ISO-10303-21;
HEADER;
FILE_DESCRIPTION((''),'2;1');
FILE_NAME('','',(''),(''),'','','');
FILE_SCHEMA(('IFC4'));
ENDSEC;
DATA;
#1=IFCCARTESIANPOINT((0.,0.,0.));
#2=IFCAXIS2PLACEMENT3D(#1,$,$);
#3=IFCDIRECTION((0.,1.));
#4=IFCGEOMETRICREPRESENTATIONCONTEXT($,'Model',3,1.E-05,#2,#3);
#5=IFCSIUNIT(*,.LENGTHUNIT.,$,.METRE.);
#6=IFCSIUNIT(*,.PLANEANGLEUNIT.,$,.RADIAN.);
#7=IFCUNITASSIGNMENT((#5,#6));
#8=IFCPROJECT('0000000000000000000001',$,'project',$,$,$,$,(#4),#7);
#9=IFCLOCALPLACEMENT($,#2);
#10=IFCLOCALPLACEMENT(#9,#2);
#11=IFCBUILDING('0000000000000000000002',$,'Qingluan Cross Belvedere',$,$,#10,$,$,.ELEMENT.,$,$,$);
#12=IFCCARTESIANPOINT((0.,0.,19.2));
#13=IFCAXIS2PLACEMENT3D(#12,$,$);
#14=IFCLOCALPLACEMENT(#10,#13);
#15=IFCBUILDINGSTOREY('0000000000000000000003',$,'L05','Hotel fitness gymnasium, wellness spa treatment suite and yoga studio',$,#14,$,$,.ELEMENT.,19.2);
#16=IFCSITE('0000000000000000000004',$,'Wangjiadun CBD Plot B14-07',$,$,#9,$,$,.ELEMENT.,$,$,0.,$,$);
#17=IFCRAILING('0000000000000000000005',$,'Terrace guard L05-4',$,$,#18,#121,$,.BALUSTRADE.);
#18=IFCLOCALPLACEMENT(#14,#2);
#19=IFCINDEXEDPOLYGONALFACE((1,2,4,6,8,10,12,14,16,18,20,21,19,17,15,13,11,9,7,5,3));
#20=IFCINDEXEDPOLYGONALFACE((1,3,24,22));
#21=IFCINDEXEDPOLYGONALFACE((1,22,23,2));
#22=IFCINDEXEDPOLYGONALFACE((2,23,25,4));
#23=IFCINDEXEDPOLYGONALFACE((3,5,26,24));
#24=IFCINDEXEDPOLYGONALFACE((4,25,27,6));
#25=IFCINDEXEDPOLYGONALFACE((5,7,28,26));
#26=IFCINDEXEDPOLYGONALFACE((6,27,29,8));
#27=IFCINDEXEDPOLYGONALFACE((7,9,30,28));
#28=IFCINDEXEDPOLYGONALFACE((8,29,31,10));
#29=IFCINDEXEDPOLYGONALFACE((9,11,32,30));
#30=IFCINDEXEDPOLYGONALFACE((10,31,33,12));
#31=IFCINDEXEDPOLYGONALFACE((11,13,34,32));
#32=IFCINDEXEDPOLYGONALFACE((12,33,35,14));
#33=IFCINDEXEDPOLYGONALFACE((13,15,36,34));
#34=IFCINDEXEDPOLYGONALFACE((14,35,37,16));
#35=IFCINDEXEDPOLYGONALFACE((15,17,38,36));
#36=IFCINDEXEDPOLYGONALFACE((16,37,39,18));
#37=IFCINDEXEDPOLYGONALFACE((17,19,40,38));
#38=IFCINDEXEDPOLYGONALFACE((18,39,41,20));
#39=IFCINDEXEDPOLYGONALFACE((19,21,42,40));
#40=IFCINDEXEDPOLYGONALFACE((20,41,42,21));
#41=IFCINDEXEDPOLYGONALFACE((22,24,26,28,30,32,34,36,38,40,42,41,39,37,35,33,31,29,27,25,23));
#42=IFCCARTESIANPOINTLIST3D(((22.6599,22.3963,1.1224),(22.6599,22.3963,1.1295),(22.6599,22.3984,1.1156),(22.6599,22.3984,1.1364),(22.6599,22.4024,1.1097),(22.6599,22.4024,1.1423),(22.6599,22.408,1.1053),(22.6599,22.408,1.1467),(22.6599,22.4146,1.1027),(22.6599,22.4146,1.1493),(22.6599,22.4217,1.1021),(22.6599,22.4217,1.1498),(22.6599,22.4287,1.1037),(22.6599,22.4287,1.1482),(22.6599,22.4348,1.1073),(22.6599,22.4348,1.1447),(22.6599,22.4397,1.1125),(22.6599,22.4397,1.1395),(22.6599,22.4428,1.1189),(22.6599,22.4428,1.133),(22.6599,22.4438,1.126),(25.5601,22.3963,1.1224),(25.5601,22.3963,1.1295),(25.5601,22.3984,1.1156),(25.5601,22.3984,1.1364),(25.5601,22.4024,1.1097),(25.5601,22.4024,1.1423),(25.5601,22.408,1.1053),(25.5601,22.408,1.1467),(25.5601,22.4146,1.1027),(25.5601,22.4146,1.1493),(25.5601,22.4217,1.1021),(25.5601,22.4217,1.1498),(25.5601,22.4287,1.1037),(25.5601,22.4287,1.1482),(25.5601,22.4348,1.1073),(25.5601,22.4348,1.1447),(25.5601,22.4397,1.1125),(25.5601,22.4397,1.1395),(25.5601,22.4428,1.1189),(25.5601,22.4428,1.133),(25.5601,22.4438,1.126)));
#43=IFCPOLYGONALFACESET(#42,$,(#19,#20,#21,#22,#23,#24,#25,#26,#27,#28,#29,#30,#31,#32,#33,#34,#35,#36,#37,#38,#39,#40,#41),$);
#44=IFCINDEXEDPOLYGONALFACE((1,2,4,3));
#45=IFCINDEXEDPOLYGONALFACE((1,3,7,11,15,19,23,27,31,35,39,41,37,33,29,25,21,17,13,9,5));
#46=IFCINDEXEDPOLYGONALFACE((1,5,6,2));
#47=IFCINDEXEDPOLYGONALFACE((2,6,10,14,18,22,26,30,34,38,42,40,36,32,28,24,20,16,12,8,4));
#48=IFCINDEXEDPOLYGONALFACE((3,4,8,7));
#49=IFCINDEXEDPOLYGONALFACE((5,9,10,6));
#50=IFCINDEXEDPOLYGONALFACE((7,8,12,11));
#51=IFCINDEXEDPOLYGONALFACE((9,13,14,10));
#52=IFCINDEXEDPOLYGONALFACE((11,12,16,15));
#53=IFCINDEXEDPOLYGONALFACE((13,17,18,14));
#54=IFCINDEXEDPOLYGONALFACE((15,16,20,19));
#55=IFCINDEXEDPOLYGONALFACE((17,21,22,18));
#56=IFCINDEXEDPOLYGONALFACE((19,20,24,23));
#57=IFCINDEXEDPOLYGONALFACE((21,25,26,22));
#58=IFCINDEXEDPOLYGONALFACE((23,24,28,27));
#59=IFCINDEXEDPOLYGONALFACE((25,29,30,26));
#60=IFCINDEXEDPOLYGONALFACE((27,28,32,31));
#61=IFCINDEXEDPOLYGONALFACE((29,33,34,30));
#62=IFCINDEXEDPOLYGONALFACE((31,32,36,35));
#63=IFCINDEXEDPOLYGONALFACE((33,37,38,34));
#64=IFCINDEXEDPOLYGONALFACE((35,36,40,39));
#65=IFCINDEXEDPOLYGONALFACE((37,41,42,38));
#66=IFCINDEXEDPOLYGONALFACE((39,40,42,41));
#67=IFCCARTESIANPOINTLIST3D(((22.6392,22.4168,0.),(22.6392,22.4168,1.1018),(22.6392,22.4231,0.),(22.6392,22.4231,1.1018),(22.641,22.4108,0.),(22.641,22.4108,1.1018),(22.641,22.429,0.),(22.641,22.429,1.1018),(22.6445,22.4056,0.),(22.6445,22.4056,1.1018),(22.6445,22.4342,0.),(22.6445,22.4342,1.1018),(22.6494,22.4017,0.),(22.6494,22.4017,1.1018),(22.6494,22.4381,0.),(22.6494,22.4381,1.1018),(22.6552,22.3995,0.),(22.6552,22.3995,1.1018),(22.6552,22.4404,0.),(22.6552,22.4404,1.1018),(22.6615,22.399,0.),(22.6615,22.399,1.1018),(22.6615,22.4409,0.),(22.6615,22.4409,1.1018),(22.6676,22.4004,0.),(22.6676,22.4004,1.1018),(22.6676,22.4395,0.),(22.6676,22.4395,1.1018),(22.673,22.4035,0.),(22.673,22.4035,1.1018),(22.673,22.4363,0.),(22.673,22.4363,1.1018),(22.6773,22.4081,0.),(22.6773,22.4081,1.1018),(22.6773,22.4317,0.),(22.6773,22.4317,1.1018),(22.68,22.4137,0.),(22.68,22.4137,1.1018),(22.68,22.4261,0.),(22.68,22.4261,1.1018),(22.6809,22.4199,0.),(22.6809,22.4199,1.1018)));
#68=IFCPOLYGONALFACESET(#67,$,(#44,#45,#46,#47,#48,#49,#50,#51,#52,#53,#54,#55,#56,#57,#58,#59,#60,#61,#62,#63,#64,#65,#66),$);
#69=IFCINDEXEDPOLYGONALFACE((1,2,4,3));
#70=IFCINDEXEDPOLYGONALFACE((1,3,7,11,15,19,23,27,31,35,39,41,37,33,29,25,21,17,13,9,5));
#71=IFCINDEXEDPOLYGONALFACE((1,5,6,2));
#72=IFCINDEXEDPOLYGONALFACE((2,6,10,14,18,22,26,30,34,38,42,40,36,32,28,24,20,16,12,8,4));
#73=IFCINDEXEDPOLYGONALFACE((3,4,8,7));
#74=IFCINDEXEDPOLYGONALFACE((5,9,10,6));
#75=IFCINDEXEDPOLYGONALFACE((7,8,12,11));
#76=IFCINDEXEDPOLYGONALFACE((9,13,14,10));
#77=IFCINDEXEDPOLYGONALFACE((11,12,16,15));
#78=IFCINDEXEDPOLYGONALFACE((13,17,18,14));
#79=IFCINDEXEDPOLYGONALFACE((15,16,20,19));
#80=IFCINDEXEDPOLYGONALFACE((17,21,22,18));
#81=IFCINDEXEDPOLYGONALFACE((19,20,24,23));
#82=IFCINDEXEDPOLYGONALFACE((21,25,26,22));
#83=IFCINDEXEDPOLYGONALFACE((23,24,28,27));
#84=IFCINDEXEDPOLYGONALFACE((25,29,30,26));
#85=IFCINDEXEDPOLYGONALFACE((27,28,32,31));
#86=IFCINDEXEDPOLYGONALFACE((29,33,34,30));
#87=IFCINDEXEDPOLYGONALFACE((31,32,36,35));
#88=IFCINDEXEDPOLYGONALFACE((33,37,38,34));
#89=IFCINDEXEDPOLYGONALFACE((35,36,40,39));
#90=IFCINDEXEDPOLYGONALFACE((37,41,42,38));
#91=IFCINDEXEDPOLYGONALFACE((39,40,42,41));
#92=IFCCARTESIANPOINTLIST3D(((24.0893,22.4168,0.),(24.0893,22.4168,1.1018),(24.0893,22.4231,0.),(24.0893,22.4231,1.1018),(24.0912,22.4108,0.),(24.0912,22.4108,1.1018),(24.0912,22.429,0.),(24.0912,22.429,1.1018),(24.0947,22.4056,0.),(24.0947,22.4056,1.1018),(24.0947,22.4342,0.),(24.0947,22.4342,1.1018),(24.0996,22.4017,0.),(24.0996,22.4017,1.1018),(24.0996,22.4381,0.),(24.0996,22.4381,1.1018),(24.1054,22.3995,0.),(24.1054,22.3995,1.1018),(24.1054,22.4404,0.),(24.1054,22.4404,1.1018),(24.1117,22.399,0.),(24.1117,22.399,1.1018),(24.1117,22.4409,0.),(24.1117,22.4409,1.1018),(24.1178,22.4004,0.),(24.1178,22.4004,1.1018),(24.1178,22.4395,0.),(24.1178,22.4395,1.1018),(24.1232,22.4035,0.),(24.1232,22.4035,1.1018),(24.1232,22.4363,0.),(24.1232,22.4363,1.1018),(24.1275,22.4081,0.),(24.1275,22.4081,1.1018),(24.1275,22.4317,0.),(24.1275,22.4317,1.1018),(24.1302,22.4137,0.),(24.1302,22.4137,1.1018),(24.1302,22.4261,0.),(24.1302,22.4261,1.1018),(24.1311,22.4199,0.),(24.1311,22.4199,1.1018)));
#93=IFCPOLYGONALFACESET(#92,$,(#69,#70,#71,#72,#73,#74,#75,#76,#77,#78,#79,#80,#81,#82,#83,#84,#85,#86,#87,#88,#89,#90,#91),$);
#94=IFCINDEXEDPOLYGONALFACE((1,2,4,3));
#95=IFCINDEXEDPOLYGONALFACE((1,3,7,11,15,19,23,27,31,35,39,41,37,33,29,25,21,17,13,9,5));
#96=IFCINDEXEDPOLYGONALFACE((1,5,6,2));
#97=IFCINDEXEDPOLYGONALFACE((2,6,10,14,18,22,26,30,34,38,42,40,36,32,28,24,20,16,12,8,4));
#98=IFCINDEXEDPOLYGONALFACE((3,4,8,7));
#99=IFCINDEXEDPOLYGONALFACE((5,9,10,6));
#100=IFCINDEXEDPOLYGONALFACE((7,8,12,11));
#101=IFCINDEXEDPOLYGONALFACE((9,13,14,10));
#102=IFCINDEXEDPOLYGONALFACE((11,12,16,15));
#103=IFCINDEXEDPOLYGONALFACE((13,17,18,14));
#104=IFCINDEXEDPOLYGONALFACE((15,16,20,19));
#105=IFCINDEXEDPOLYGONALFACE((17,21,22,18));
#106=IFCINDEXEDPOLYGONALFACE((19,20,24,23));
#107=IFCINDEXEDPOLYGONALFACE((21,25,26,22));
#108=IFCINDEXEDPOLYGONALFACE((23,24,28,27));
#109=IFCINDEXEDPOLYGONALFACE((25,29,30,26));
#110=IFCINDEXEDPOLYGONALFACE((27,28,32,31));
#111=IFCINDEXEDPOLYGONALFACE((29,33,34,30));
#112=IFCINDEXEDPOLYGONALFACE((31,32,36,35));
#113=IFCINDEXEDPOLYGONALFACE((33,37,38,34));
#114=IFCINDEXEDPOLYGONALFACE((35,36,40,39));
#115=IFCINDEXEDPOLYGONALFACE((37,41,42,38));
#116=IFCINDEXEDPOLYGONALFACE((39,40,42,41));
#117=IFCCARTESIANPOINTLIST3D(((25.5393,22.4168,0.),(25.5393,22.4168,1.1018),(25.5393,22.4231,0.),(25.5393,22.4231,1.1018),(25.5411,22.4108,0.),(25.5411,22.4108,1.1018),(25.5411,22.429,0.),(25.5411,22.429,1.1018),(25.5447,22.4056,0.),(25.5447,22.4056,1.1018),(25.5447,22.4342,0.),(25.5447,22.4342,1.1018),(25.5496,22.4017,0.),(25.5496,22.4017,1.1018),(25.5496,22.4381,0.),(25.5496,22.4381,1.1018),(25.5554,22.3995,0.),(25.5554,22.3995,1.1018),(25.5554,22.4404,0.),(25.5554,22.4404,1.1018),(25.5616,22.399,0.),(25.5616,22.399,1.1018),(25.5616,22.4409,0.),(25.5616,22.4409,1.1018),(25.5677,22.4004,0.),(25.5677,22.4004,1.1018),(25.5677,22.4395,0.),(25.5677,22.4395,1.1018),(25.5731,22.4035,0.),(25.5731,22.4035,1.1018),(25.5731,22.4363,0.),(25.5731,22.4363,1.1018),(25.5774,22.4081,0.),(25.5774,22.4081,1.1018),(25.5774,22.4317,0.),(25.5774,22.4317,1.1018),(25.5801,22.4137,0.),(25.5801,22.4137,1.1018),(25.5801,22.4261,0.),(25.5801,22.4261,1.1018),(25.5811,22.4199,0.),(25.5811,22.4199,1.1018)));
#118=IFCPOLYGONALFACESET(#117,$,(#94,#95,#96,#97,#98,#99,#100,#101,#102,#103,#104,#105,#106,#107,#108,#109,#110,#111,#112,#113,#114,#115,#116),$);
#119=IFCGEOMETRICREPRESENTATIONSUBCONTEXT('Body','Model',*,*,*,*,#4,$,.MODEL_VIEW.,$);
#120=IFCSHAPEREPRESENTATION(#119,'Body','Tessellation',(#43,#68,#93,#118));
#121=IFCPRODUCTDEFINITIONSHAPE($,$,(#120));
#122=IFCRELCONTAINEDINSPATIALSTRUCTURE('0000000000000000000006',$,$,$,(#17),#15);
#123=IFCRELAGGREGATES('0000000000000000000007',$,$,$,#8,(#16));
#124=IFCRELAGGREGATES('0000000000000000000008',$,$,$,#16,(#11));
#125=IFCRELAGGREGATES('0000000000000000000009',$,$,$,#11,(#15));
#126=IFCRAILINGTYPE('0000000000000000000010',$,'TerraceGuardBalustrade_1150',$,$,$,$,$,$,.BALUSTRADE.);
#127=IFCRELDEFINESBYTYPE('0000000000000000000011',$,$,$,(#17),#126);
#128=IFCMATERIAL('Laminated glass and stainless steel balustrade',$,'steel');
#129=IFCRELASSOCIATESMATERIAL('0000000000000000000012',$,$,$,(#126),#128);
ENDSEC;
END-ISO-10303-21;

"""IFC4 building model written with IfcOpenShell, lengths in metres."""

from ifc_helpers import new_model, si_unit, direction, frame, origin, origin_2d, place, context, subcontext, project, spatial, circle, extrude, material, type_object, element, save


model = new_model("IFC4")

# Units and contexts
model_context = context("Model", 3, precision=1e-05, world=origin(), true_north=direction((0.0, 1.0)))
body_context = subcontext(model_context, "Body", "Model", "MODEL_VIEW")
ifc_project = project(units=[si_unit("LENGTHUNIT", "METRE"), si_unit("PLANEANGLEUNIT", "RADIAN")], contexts=[model_context])

# Site, building, storey
site_placement = place(None, origin())
site = spatial("IfcSite", under=ifc_project, at=site_placement, Name="Wangjiadun CBD Plot B14-07", CompositionType="ELEMENT", RefElevation=0.0)
building_placement = place(site_placement, origin())
building = spatial("IfcBuilding", under=site, at=building_placement, Name="Qingluan Cross Belvedere", CompositionType="ELEMENT")
storey_placement = place(building_placement, frame((0.0, 0.0, 19.2)))
storey = spatial("IfcBuildingStorey", under=building, at=storey_placement, Name="L05", Description="Hotel fitness gymnasium, wellness spa treatment suite and yoga studio", CompositionType="ELEMENT", Elevation=19.2)

# Railing
ifc_material_1 = material(Name="Laminated glass and stainless steel balustrade", Category="steel")
railing_type = type_object("IfcRailingType", Name="TerraceGuardBalustrade_1150", PredefinedType="BALUSTRADE", material=ifc_material_1)
railing_1_placement = place(storey_placement, frame((22.6599, 22.4199, 0.0)))
element("IfcRailing", 1, at=railing_1_placement, inside=storey, type_object=railing_type, Name="Terrace guard L05-4", PredefinedType="BALUSTRADE", context=body_context, shape_type="SweptSolid", body=[
    extrude(circle(Radius=0.0239, at=origin_2d()), frame((0.0, 0.0, 1.126), z_axis=(1.0, 0.0, 0.0), x_axis=(0.0, 1.0, 0.0)), (0.0, 0.0, 1.0), 2.9001),
    extrude(circle(Radius=0.021, at=origin_2d()), origin(), (0.0, 0.0, 1.0), 1.1018),
    extrude(circle(Radius=0.021, at=origin_2d()), frame((1.4502, 0.0, 0.0)), (0.0, 0.0, 1.0), 1.1018),
    extrude(circle(Radius=0.021, at=origin_2d()), frame((2.9001, 0.0, 0.0)), (0.0, 0.0, 1.0), 1.1018),
])

save(model, "model.ifc")
